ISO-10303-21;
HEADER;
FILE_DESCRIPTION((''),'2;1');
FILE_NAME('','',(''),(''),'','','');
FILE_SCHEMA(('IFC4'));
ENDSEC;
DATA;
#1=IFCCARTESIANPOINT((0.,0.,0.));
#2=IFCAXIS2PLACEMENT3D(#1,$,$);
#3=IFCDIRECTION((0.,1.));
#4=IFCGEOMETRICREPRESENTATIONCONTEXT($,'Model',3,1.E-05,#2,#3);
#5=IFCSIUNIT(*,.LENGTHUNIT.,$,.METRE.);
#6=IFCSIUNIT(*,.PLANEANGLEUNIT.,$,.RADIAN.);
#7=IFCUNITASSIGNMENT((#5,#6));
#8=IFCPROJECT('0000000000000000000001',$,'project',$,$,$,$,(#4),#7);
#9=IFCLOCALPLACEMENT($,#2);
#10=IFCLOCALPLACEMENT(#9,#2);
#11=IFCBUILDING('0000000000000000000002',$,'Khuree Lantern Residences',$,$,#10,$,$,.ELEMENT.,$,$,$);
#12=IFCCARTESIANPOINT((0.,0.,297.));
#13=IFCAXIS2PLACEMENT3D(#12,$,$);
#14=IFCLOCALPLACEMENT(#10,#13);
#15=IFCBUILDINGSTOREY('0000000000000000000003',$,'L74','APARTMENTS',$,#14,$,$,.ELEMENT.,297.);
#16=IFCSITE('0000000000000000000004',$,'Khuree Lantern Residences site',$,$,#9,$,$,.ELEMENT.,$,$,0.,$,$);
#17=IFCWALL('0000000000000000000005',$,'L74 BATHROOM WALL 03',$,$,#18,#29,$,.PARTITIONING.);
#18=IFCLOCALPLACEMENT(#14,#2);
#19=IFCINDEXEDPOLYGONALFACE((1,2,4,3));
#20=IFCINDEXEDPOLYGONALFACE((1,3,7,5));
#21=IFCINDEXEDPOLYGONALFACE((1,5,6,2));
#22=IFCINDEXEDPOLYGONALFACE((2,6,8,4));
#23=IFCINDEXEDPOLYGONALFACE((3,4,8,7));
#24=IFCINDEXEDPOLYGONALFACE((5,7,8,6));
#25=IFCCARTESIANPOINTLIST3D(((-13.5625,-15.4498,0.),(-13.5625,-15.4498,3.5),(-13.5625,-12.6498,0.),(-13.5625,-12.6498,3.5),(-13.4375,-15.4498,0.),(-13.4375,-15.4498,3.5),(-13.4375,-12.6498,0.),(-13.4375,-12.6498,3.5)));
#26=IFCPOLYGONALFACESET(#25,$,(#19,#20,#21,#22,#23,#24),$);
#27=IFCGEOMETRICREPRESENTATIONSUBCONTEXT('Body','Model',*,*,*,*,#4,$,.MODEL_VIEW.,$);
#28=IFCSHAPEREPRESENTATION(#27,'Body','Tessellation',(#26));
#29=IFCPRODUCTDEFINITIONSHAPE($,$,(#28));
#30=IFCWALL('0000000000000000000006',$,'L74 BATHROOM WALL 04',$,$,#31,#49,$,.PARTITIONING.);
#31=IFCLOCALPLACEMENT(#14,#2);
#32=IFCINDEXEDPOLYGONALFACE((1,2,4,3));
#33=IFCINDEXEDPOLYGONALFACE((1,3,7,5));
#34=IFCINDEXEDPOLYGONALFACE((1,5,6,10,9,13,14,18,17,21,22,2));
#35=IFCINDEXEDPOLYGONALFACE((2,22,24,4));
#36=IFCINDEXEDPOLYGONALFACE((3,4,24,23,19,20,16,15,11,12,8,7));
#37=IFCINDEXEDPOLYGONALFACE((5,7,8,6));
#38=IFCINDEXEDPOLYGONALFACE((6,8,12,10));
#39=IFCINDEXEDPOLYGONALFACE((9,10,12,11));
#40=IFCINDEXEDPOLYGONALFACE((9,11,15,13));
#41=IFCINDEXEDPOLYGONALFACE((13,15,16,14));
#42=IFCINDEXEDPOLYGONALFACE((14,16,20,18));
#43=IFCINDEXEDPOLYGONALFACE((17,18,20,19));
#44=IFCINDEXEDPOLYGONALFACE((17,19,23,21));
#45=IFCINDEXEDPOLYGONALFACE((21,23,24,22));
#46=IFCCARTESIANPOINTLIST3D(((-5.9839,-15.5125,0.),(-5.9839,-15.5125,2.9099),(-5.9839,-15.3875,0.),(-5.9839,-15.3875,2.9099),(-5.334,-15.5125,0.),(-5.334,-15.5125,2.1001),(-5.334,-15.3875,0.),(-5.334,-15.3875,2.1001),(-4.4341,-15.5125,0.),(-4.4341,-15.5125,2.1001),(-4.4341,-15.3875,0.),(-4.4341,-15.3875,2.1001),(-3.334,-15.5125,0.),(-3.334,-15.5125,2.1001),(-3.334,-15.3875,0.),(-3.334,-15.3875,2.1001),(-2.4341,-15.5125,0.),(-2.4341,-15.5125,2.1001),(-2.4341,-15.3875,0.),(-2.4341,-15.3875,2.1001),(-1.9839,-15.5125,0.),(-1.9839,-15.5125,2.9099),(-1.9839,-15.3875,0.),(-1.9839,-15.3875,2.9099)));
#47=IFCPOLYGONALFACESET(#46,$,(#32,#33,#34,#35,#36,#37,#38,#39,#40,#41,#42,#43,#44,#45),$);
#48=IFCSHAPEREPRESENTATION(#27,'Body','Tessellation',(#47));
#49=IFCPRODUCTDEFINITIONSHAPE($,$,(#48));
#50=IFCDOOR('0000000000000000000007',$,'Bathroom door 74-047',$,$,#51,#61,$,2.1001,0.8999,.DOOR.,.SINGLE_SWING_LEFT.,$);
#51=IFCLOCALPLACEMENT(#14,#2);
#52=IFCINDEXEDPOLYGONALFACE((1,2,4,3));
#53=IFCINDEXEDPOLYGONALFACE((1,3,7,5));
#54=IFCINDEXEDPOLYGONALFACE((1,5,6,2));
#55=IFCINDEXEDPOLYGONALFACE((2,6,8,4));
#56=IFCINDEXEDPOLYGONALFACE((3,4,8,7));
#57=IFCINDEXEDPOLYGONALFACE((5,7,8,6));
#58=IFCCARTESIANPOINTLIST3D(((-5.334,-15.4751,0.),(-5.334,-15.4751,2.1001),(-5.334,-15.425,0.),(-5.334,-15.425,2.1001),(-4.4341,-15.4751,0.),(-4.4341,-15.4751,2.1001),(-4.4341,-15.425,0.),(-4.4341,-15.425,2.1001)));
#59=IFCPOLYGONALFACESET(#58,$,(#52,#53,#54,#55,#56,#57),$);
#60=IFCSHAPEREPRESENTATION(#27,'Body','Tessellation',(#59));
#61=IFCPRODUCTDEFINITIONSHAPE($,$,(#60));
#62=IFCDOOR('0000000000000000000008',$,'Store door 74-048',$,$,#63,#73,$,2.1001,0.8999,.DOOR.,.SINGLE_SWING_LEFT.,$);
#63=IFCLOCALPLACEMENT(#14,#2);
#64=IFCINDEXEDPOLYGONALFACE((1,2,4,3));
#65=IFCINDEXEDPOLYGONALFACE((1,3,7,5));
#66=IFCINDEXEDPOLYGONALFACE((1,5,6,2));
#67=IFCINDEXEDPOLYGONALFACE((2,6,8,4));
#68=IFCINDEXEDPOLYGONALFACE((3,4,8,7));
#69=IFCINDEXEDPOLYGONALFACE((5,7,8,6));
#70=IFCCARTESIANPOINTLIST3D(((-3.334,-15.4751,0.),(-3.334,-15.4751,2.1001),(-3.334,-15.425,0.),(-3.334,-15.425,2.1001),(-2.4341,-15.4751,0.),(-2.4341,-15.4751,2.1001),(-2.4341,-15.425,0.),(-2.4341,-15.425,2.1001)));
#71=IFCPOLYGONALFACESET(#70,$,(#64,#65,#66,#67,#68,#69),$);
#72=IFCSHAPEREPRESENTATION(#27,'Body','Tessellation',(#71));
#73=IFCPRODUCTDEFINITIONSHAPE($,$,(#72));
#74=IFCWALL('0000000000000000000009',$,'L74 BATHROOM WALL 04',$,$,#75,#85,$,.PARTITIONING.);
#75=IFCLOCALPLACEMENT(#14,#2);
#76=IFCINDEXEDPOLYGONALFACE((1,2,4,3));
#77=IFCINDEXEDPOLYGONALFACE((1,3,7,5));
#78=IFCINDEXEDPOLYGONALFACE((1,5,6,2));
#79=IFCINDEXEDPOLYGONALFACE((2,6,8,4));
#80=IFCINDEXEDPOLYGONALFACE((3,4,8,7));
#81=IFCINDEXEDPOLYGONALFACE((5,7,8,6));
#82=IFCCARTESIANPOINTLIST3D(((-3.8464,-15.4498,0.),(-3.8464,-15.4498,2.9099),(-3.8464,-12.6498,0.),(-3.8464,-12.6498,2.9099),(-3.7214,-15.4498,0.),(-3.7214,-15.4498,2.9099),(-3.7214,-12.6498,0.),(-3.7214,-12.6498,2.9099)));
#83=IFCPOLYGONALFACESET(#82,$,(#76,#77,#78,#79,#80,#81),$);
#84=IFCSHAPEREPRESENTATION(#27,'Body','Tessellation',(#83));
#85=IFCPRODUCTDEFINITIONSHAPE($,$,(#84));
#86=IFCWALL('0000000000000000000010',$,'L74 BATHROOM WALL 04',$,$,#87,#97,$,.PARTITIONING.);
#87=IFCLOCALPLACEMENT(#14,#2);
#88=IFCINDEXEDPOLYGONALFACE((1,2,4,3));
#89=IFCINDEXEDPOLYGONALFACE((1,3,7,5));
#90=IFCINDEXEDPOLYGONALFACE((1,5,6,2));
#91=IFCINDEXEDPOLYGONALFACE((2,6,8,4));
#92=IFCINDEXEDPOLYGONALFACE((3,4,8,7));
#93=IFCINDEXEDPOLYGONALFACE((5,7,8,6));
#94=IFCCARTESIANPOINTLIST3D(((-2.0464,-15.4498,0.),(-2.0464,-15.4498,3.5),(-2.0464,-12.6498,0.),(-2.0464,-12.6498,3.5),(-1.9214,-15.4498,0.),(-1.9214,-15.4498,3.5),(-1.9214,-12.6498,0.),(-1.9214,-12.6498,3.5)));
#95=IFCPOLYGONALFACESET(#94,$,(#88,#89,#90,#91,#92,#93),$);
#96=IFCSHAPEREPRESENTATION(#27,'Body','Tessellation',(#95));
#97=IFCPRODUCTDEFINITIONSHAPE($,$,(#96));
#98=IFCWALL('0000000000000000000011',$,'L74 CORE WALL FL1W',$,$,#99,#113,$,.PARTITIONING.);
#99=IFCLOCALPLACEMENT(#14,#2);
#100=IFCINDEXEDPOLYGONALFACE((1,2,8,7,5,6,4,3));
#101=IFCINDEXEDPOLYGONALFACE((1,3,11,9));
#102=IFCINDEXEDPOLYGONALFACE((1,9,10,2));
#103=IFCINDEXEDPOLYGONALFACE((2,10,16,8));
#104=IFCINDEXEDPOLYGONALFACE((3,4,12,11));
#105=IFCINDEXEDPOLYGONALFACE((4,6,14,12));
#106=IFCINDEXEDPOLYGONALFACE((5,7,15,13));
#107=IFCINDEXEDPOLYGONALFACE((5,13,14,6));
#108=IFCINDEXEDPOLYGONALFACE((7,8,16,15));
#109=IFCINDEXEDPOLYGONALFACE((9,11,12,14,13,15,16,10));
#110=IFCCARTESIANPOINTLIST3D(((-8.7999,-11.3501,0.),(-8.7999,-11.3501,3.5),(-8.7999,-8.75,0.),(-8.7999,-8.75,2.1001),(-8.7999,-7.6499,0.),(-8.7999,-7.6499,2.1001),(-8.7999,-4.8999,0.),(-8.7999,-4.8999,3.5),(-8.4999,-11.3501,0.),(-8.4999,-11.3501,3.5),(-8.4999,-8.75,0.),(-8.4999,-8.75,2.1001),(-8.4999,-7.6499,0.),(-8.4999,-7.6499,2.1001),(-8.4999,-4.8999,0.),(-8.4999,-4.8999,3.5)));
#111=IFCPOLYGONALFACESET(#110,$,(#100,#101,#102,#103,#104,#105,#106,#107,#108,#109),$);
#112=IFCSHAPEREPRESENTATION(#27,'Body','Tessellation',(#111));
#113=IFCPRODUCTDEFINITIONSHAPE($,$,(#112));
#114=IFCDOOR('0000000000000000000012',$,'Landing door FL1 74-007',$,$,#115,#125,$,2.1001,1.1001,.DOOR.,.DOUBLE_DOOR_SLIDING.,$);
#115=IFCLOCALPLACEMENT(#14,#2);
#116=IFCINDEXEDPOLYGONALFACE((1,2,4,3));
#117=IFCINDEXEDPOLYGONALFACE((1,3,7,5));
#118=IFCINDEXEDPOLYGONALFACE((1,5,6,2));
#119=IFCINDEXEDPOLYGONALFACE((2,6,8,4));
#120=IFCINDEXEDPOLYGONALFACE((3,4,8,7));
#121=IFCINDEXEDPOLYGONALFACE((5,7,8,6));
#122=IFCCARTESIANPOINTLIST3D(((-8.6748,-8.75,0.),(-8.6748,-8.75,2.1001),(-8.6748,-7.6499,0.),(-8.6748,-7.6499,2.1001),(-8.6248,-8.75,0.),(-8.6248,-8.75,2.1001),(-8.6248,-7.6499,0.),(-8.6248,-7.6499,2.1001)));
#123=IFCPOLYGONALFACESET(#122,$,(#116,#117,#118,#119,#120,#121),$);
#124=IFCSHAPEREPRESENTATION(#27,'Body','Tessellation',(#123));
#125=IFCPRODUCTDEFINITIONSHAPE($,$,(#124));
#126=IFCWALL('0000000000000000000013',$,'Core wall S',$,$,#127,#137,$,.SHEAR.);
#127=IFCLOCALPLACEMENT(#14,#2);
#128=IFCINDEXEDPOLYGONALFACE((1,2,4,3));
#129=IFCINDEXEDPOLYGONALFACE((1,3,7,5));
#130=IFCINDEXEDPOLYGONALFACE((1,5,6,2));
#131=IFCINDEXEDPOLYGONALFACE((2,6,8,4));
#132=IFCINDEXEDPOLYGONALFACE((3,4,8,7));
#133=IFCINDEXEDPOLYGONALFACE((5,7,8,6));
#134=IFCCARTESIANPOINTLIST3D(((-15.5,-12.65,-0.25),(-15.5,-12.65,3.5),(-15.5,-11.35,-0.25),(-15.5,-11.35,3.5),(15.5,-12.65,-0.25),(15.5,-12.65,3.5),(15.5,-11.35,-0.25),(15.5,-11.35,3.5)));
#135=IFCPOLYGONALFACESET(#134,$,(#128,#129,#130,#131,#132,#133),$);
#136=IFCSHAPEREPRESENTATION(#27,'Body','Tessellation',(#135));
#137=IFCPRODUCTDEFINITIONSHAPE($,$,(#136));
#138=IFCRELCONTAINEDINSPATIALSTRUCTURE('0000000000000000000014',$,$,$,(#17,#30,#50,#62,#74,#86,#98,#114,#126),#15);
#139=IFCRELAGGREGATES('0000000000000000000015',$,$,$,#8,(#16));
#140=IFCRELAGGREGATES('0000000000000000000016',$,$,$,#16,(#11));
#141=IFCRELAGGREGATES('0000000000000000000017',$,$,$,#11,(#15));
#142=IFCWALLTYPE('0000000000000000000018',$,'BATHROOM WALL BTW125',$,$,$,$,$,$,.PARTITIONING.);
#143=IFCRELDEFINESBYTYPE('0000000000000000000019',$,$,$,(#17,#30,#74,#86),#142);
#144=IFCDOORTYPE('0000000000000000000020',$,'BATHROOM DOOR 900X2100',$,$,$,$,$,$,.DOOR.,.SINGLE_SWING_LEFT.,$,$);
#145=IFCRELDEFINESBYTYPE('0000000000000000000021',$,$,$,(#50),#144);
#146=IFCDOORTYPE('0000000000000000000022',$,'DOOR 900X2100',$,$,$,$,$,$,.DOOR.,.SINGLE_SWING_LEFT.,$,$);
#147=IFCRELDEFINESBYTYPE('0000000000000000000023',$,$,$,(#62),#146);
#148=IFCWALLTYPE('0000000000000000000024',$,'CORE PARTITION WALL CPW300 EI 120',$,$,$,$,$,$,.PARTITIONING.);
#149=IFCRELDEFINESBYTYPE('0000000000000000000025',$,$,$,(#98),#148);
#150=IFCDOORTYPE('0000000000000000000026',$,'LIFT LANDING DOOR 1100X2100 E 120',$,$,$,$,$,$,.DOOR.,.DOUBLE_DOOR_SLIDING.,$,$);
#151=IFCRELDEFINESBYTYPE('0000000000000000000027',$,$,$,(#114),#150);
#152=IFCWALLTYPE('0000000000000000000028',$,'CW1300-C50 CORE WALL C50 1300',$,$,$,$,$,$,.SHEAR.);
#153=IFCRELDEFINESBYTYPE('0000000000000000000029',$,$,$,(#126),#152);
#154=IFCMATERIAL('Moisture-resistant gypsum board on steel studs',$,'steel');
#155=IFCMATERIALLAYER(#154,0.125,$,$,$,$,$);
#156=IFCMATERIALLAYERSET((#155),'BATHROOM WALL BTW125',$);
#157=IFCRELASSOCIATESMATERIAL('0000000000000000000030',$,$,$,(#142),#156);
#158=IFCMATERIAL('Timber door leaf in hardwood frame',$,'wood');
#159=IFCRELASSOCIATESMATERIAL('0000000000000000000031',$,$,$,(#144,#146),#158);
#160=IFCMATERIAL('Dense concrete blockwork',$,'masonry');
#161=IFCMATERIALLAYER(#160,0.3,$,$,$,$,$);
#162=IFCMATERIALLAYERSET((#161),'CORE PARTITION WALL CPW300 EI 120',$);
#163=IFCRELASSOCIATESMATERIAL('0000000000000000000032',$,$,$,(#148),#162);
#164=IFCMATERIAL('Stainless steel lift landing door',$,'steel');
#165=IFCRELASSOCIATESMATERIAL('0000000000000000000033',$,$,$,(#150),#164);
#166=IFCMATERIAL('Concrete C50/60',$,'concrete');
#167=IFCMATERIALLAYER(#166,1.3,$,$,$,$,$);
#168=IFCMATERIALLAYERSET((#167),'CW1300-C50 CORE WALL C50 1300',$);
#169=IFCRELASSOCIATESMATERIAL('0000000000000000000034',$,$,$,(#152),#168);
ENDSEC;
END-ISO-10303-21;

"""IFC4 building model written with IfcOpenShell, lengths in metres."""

from ifc_helpers import new_model, si_unit, direction, frame, frame_2d, origin, place, context, subcontext, project, spatial, rectangle, extrude, material, layer, layer_set, type_object, element, fill, save


model = new_model("IFC4")

# Units and contexts
model_context = context("Model", 3, precision=1e-05, world=origin(), true_north=direction((0.0, 1.0)))
body_context = subcontext(model_context, "Body", "Model", "MODEL_VIEW")
ifc_project = project(units=[si_unit("LENGTHUNIT", "METRE"), si_unit("PLANEANGLEUNIT", "RADIAN")], contexts=[model_context])

# Site, building, storey
site_placement = place(None, origin())
site = spatial("IfcSite", under=ifc_project, at=site_placement, Name="Khuree Lantern Residences site", CompositionType="ELEMENT", RefElevation=0.0)
building_placement = place(site_placement, origin())
building = spatial("IfcBuilding", under=site, at=building_placement, Name="Khuree Lantern Residences", CompositionType="ELEMENT")
storey_placement = place(building_placement, frame((0.0, 0.0, 297.0)))
storey = spatial("IfcBuildingStorey", under=building, at=storey_placement, Name="L74", Description="APARTMENTS", CompositionType="ELEMENT", Elevation=297.0)

# Wall
ifc_material_1 = material(Name="Moisture-resistant gypsum board on steel studs", Category="steel")
ifc_layer_1 = layer(ifc_material_1, 0.125)
ifc_layer_set_1 = layer_set([ifc_layer_1], Name="BATHROOM WALL BTW125")
wall_type_1 = type_object("IfcWallType", Name="BATHROOM WALL BTW125", PredefinedType="PARTITIONING", material=ifc_layer_set_1)
wall_1_placement = place(storey_placement, frame((-13.5, -12.6499, 0.0), z_axis=(0.0, 0.0, 1.0), x_axis=(0.0, -1.0, 0.0)))
element("IfcWall", 1, at=wall_1_placement, inside=storey, type_object=wall_type_1, Name="L74 BATHROOM WALL 03", PredefinedType="PARTITIONING", context=body_context, shape_type="SweptSolid", body=[
    extrude(rectangle(XDim=2.8, YDim=0.125, at=frame_2d((1.3999, 0.0))), origin(), (0.0, 0.0, 1.0), 3.5),
])

# Wall, openings, doors
wall_2_placement = place(storey_placement, frame((-5.9839, -15.45, 0.0), z_axis=(0.0, 0.0, 1.0), x_axis=(1.0, 0.0, 0.0)))
wall_2 = element("IfcWall", 2, at=wall_2_placement, inside=storey, type_object=wall_type_1, Name="L74 BATHROOM WALL 04", PredefinedType="PARTITIONING", context=body_context, shape_type="SweptSolid", body=[
    extrude(rectangle(XDim=4.0, YDim=0.125, at=frame_2d((2.0, 0.0))), origin(), (0.0, 0.0, 1.0), 2.9099),
])
opening_1_placement = place(wall_2_placement, frame((0.6499, 0.0, 0.0)))
opening_1 = element("IfcOpeningElement", 3, at=opening_1_placement, cuts=wall_2, PredefinedType="OPENING", context=body_context, shape_type="SweptSolid", body=[
    extrude(rectangle(XDim=0.8999, YDim=2.1001, at=frame_2d((0.45, 1.05))), frame((0.0, 0.0725, 0.0), z_axis=(0.0, -1.0, 0.0), x_axis=(1.0, 0.0, 0.0)), (0.0, 0.0, 1.0), 0.145),
])
opening_2_placement = place(wall_2_placement, frame((2.6499, 0.0, 0.0)))
opening_2 = element("IfcOpeningElement", 4, at=opening_2_placement, cuts=wall_2, PredefinedType="OPENING", context=body_context, shape_type="SweptSolid", body=[
    extrude(rectangle(XDim=0.8999, YDim=2.1001, at=frame_2d((0.45, 1.05))), frame((0.0, 0.0725, 0.0), z_axis=(0.0, -1.0, 0.0), x_axis=(1.0, 0.0, 0.0)), (0.0, 0.0, 1.0), 0.145),
])
ifc_material_2 = material(Name="Timber door leaf in hardwood frame", Category="wood")
door_type_1 = type_object("IfcDoorType", Name="BATHROOM DOOR 900X2100", OperationType="SINGLE_SWING_LEFT", PredefinedType="DOOR", material=ifc_material_2)
door_1_placement = place(opening_1_placement, origin())
door_1 = element("IfcDoor", 5, at=door_1_placement, inside=storey, type_object=door_type_1, Name="Bathroom door 74-047", OperationType="SINGLE_SWING_LEFT", OverallHeight=2.1001, OverallWidth=0.8999, PredefinedType="DOOR", context=body_context, shape_type="SweptSolid", body=[
    extrude(rectangle(XDim=0.8999, YDim=2.1001, at=frame_2d((0.45, 1.05))), frame((0.0, 0.0249, 0.0), z_axis=(0.0, -1.0, 0.0), x_axis=(1.0, 0.0, 0.0)), (0.0, 0.0, 1.0), 0.05),
])
fill(opening_1, door_1)
door_type_2 = type_object("IfcDoorType", Name="DOOR 900X2100", OperationType="SINGLE_SWING_LEFT", PredefinedType="DOOR", material=ifc_material_2)
door_2_placement = place(opening_2_placement, origin())
door_2 = element("IfcDoor", 6, at=door_2_placement, inside=storey, type_object=door_type_2, Name="Store door 74-048", OperationType="SINGLE_SWING_LEFT", OverallHeight=2.1001, OverallWidth=0.8999, PredefinedType="DOOR", context=body_context, shape_type="SweptSolid", body=[
    extrude(rectangle(XDim=0.8999, YDim=2.1001, at=frame_2d((0.45, 1.05))), frame((0.0, 0.0249, 0.0), z_axis=(0.0, -1.0, 0.0), x_axis=(1.0, 0.0, 0.0)), (0.0, 0.0, 1.0), 0.05),
])
fill(opening_2, door_2)

# Walls
wall_3_placement = place(storey_placement, frame((-3.7839, -12.6499, 0.0), z_axis=(0.0, 0.0, 1.0), x_axis=(0.0, -1.0, 0.0)))
element("IfcWall", 7, at=wall_3_placement, inside=storey, type_object=wall_type_1, Name="L74 BATHROOM WALL 04", PredefinedType="PARTITIONING", context=body_context, shape_type="SweptSolid", body=[
    extrude(rectangle(XDim=2.8, YDim=0.125, at=frame_2d((1.3999, 0.0))), origin(), (0.0, 0.0, 1.0), 2.9099),
])
wall_4_placement = place(storey_placement, frame((-1.9839, -12.6499, 0.0), z_axis=(0.0, 0.0, 1.0), x_axis=(0.0, -1.0, 0.0)))
element("IfcWall", 8, at=wall_4_placement, inside=storey, type_object=wall_type_1, Name="L74 BATHROOM WALL 04", PredefinedType="PARTITIONING", context=body_context, shape_type="SweptSolid", body=[
    extrude(rectangle(XDim=2.8, YDim=0.125, at=frame_2d((1.3999, 0.0))), origin(), (0.0, 0.0, 1.0), 3.5),
])

# Wall, opening, door
ifc_material_3 = material(Name="Dense concrete blockwork", Category="masonry")
ifc_layer_2 = layer(ifc_material_3, 0.3)
ifc_layer_set_2 = layer_set([ifc_layer_2], Name="CORE PARTITION WALL CPW300 EI 120")
wall_type_2 = type_object("IfcWallType", Name="CORE PARTITION WALL CPW300 EI 120", PredefinedType="PARTITIONING", material=ifc_layer_set_2)
wall_5_placement = place(storey_placement, frame((-8.6499, -11.3501, 0.0), z_axis=(0.0, 0.0, 1.0), x_axis=(0.0, 1.0, 0.0)))
wall_5 = element("IfcWall", 9, at=wall_5_placement, inside=storey, type_object=wall_type_2, Name="L74 CORE WALL FL1W", PredefinedType="PARTITIONING", context=body_context, shape_type="SweptSolid", body=[
    extrude(rectangle(XDim=6.4502, YDim=0.3, at=frame_2d((3.2251, 0.0))), origin(), (0.0, 0.0, 1.0), 3.5),
])
opening_3_placement = place(wall_5_placement, frame((2.6001, 0.0, 0.0)))
opening_3 = element("IfcOpeningElement", 10, at=opening_3_placement, cuts=wall_5, PredefinedType="OPENING", context=body_context, shape_type="SweptSolid", body=[
    extrude(rectangle(XDim=1.1001, YDim=2.1001, at=frame_2d((0.55, 1.05))), frame((0.0, 0.1602, 0.0), z_axis=(0.0, -1.0, 0.0), x_axis=(1.0, 0.0, 0.0)), (0.0, 0.0, 1.0), 0.3201),
])
ifc_material_4 = material(Name="Stainless steel lift landing door", Category="steel")
door_type_3 = type_object("IfcDoorType", Name="LIFT LANDING DOOR 1100X2100 E 120", OperationType="DOUBLE_DOOR_SLIDING", PredefinedType="DOOR", material=ifc_material_4)
door_3_placement = place(opening_3_placement, origin())
door_3 = element("IfcDoor", 11, at=door_3_placement, inside=storey, type_object=door_type_3, Name="Landing door FL1 74-007", OperationType="DOUBLE_DOOR_SLIDING", OverallHeight=2.1001, OverallWidth=1.1001, PredefinedType="DOOR", context=body_context, shape_type="SweptSolid", body=[
    extrude(rectangle(XDim=1.1001, YDim=2.1001, at=frame_2d((0.55, 1.05))), frame((0.0, 0.0249, 0.0), z_axis=(0.0, -1.0, 0.0), x_axis=(1.0, 0.0, 0.0)), (0.0, 0.0, 1.0), 0.05),
])
fill(opening_3, door_3)

# Wall
ifc_material_5 = material(Name="Concrete C50/60", Category="concrete")
ifc_layer_3 = layer(ifc_material_5, 1.3)
ifc_layer_set_3 = layer_set([ifc_layer_3], Name="CW1300-C50 CORE WALL C50 1300")
wall_type_3 = type_object("IfcWallType", Name="CW1300-C50 CORE WALL C50 1300", PredefinedType="SHEAR", material=ifc_layer_set_3)
wall_6_placement = place(storey_placement, frame((-15.5, -12.0, -0.25), z_axis=(0.0, 0.0, 1.0), x_axis=(1.0, 0.0, 0.0)))
element("IfcWall", 12, at=wall_6_placement, inside=storey, type_object=wall_type_3, Name="Core wall S", PredefinedType="SHEAR", context=body_context, shape_type="SweptSolid", body=[
    extrude(rectangle(XDim=31.0, YDim=1.3, at=frame_2d((15.5, 0.0))), origin(), (0.0, 0.0, 1.0), 3.75),
])

save(model, "model.ifc")
